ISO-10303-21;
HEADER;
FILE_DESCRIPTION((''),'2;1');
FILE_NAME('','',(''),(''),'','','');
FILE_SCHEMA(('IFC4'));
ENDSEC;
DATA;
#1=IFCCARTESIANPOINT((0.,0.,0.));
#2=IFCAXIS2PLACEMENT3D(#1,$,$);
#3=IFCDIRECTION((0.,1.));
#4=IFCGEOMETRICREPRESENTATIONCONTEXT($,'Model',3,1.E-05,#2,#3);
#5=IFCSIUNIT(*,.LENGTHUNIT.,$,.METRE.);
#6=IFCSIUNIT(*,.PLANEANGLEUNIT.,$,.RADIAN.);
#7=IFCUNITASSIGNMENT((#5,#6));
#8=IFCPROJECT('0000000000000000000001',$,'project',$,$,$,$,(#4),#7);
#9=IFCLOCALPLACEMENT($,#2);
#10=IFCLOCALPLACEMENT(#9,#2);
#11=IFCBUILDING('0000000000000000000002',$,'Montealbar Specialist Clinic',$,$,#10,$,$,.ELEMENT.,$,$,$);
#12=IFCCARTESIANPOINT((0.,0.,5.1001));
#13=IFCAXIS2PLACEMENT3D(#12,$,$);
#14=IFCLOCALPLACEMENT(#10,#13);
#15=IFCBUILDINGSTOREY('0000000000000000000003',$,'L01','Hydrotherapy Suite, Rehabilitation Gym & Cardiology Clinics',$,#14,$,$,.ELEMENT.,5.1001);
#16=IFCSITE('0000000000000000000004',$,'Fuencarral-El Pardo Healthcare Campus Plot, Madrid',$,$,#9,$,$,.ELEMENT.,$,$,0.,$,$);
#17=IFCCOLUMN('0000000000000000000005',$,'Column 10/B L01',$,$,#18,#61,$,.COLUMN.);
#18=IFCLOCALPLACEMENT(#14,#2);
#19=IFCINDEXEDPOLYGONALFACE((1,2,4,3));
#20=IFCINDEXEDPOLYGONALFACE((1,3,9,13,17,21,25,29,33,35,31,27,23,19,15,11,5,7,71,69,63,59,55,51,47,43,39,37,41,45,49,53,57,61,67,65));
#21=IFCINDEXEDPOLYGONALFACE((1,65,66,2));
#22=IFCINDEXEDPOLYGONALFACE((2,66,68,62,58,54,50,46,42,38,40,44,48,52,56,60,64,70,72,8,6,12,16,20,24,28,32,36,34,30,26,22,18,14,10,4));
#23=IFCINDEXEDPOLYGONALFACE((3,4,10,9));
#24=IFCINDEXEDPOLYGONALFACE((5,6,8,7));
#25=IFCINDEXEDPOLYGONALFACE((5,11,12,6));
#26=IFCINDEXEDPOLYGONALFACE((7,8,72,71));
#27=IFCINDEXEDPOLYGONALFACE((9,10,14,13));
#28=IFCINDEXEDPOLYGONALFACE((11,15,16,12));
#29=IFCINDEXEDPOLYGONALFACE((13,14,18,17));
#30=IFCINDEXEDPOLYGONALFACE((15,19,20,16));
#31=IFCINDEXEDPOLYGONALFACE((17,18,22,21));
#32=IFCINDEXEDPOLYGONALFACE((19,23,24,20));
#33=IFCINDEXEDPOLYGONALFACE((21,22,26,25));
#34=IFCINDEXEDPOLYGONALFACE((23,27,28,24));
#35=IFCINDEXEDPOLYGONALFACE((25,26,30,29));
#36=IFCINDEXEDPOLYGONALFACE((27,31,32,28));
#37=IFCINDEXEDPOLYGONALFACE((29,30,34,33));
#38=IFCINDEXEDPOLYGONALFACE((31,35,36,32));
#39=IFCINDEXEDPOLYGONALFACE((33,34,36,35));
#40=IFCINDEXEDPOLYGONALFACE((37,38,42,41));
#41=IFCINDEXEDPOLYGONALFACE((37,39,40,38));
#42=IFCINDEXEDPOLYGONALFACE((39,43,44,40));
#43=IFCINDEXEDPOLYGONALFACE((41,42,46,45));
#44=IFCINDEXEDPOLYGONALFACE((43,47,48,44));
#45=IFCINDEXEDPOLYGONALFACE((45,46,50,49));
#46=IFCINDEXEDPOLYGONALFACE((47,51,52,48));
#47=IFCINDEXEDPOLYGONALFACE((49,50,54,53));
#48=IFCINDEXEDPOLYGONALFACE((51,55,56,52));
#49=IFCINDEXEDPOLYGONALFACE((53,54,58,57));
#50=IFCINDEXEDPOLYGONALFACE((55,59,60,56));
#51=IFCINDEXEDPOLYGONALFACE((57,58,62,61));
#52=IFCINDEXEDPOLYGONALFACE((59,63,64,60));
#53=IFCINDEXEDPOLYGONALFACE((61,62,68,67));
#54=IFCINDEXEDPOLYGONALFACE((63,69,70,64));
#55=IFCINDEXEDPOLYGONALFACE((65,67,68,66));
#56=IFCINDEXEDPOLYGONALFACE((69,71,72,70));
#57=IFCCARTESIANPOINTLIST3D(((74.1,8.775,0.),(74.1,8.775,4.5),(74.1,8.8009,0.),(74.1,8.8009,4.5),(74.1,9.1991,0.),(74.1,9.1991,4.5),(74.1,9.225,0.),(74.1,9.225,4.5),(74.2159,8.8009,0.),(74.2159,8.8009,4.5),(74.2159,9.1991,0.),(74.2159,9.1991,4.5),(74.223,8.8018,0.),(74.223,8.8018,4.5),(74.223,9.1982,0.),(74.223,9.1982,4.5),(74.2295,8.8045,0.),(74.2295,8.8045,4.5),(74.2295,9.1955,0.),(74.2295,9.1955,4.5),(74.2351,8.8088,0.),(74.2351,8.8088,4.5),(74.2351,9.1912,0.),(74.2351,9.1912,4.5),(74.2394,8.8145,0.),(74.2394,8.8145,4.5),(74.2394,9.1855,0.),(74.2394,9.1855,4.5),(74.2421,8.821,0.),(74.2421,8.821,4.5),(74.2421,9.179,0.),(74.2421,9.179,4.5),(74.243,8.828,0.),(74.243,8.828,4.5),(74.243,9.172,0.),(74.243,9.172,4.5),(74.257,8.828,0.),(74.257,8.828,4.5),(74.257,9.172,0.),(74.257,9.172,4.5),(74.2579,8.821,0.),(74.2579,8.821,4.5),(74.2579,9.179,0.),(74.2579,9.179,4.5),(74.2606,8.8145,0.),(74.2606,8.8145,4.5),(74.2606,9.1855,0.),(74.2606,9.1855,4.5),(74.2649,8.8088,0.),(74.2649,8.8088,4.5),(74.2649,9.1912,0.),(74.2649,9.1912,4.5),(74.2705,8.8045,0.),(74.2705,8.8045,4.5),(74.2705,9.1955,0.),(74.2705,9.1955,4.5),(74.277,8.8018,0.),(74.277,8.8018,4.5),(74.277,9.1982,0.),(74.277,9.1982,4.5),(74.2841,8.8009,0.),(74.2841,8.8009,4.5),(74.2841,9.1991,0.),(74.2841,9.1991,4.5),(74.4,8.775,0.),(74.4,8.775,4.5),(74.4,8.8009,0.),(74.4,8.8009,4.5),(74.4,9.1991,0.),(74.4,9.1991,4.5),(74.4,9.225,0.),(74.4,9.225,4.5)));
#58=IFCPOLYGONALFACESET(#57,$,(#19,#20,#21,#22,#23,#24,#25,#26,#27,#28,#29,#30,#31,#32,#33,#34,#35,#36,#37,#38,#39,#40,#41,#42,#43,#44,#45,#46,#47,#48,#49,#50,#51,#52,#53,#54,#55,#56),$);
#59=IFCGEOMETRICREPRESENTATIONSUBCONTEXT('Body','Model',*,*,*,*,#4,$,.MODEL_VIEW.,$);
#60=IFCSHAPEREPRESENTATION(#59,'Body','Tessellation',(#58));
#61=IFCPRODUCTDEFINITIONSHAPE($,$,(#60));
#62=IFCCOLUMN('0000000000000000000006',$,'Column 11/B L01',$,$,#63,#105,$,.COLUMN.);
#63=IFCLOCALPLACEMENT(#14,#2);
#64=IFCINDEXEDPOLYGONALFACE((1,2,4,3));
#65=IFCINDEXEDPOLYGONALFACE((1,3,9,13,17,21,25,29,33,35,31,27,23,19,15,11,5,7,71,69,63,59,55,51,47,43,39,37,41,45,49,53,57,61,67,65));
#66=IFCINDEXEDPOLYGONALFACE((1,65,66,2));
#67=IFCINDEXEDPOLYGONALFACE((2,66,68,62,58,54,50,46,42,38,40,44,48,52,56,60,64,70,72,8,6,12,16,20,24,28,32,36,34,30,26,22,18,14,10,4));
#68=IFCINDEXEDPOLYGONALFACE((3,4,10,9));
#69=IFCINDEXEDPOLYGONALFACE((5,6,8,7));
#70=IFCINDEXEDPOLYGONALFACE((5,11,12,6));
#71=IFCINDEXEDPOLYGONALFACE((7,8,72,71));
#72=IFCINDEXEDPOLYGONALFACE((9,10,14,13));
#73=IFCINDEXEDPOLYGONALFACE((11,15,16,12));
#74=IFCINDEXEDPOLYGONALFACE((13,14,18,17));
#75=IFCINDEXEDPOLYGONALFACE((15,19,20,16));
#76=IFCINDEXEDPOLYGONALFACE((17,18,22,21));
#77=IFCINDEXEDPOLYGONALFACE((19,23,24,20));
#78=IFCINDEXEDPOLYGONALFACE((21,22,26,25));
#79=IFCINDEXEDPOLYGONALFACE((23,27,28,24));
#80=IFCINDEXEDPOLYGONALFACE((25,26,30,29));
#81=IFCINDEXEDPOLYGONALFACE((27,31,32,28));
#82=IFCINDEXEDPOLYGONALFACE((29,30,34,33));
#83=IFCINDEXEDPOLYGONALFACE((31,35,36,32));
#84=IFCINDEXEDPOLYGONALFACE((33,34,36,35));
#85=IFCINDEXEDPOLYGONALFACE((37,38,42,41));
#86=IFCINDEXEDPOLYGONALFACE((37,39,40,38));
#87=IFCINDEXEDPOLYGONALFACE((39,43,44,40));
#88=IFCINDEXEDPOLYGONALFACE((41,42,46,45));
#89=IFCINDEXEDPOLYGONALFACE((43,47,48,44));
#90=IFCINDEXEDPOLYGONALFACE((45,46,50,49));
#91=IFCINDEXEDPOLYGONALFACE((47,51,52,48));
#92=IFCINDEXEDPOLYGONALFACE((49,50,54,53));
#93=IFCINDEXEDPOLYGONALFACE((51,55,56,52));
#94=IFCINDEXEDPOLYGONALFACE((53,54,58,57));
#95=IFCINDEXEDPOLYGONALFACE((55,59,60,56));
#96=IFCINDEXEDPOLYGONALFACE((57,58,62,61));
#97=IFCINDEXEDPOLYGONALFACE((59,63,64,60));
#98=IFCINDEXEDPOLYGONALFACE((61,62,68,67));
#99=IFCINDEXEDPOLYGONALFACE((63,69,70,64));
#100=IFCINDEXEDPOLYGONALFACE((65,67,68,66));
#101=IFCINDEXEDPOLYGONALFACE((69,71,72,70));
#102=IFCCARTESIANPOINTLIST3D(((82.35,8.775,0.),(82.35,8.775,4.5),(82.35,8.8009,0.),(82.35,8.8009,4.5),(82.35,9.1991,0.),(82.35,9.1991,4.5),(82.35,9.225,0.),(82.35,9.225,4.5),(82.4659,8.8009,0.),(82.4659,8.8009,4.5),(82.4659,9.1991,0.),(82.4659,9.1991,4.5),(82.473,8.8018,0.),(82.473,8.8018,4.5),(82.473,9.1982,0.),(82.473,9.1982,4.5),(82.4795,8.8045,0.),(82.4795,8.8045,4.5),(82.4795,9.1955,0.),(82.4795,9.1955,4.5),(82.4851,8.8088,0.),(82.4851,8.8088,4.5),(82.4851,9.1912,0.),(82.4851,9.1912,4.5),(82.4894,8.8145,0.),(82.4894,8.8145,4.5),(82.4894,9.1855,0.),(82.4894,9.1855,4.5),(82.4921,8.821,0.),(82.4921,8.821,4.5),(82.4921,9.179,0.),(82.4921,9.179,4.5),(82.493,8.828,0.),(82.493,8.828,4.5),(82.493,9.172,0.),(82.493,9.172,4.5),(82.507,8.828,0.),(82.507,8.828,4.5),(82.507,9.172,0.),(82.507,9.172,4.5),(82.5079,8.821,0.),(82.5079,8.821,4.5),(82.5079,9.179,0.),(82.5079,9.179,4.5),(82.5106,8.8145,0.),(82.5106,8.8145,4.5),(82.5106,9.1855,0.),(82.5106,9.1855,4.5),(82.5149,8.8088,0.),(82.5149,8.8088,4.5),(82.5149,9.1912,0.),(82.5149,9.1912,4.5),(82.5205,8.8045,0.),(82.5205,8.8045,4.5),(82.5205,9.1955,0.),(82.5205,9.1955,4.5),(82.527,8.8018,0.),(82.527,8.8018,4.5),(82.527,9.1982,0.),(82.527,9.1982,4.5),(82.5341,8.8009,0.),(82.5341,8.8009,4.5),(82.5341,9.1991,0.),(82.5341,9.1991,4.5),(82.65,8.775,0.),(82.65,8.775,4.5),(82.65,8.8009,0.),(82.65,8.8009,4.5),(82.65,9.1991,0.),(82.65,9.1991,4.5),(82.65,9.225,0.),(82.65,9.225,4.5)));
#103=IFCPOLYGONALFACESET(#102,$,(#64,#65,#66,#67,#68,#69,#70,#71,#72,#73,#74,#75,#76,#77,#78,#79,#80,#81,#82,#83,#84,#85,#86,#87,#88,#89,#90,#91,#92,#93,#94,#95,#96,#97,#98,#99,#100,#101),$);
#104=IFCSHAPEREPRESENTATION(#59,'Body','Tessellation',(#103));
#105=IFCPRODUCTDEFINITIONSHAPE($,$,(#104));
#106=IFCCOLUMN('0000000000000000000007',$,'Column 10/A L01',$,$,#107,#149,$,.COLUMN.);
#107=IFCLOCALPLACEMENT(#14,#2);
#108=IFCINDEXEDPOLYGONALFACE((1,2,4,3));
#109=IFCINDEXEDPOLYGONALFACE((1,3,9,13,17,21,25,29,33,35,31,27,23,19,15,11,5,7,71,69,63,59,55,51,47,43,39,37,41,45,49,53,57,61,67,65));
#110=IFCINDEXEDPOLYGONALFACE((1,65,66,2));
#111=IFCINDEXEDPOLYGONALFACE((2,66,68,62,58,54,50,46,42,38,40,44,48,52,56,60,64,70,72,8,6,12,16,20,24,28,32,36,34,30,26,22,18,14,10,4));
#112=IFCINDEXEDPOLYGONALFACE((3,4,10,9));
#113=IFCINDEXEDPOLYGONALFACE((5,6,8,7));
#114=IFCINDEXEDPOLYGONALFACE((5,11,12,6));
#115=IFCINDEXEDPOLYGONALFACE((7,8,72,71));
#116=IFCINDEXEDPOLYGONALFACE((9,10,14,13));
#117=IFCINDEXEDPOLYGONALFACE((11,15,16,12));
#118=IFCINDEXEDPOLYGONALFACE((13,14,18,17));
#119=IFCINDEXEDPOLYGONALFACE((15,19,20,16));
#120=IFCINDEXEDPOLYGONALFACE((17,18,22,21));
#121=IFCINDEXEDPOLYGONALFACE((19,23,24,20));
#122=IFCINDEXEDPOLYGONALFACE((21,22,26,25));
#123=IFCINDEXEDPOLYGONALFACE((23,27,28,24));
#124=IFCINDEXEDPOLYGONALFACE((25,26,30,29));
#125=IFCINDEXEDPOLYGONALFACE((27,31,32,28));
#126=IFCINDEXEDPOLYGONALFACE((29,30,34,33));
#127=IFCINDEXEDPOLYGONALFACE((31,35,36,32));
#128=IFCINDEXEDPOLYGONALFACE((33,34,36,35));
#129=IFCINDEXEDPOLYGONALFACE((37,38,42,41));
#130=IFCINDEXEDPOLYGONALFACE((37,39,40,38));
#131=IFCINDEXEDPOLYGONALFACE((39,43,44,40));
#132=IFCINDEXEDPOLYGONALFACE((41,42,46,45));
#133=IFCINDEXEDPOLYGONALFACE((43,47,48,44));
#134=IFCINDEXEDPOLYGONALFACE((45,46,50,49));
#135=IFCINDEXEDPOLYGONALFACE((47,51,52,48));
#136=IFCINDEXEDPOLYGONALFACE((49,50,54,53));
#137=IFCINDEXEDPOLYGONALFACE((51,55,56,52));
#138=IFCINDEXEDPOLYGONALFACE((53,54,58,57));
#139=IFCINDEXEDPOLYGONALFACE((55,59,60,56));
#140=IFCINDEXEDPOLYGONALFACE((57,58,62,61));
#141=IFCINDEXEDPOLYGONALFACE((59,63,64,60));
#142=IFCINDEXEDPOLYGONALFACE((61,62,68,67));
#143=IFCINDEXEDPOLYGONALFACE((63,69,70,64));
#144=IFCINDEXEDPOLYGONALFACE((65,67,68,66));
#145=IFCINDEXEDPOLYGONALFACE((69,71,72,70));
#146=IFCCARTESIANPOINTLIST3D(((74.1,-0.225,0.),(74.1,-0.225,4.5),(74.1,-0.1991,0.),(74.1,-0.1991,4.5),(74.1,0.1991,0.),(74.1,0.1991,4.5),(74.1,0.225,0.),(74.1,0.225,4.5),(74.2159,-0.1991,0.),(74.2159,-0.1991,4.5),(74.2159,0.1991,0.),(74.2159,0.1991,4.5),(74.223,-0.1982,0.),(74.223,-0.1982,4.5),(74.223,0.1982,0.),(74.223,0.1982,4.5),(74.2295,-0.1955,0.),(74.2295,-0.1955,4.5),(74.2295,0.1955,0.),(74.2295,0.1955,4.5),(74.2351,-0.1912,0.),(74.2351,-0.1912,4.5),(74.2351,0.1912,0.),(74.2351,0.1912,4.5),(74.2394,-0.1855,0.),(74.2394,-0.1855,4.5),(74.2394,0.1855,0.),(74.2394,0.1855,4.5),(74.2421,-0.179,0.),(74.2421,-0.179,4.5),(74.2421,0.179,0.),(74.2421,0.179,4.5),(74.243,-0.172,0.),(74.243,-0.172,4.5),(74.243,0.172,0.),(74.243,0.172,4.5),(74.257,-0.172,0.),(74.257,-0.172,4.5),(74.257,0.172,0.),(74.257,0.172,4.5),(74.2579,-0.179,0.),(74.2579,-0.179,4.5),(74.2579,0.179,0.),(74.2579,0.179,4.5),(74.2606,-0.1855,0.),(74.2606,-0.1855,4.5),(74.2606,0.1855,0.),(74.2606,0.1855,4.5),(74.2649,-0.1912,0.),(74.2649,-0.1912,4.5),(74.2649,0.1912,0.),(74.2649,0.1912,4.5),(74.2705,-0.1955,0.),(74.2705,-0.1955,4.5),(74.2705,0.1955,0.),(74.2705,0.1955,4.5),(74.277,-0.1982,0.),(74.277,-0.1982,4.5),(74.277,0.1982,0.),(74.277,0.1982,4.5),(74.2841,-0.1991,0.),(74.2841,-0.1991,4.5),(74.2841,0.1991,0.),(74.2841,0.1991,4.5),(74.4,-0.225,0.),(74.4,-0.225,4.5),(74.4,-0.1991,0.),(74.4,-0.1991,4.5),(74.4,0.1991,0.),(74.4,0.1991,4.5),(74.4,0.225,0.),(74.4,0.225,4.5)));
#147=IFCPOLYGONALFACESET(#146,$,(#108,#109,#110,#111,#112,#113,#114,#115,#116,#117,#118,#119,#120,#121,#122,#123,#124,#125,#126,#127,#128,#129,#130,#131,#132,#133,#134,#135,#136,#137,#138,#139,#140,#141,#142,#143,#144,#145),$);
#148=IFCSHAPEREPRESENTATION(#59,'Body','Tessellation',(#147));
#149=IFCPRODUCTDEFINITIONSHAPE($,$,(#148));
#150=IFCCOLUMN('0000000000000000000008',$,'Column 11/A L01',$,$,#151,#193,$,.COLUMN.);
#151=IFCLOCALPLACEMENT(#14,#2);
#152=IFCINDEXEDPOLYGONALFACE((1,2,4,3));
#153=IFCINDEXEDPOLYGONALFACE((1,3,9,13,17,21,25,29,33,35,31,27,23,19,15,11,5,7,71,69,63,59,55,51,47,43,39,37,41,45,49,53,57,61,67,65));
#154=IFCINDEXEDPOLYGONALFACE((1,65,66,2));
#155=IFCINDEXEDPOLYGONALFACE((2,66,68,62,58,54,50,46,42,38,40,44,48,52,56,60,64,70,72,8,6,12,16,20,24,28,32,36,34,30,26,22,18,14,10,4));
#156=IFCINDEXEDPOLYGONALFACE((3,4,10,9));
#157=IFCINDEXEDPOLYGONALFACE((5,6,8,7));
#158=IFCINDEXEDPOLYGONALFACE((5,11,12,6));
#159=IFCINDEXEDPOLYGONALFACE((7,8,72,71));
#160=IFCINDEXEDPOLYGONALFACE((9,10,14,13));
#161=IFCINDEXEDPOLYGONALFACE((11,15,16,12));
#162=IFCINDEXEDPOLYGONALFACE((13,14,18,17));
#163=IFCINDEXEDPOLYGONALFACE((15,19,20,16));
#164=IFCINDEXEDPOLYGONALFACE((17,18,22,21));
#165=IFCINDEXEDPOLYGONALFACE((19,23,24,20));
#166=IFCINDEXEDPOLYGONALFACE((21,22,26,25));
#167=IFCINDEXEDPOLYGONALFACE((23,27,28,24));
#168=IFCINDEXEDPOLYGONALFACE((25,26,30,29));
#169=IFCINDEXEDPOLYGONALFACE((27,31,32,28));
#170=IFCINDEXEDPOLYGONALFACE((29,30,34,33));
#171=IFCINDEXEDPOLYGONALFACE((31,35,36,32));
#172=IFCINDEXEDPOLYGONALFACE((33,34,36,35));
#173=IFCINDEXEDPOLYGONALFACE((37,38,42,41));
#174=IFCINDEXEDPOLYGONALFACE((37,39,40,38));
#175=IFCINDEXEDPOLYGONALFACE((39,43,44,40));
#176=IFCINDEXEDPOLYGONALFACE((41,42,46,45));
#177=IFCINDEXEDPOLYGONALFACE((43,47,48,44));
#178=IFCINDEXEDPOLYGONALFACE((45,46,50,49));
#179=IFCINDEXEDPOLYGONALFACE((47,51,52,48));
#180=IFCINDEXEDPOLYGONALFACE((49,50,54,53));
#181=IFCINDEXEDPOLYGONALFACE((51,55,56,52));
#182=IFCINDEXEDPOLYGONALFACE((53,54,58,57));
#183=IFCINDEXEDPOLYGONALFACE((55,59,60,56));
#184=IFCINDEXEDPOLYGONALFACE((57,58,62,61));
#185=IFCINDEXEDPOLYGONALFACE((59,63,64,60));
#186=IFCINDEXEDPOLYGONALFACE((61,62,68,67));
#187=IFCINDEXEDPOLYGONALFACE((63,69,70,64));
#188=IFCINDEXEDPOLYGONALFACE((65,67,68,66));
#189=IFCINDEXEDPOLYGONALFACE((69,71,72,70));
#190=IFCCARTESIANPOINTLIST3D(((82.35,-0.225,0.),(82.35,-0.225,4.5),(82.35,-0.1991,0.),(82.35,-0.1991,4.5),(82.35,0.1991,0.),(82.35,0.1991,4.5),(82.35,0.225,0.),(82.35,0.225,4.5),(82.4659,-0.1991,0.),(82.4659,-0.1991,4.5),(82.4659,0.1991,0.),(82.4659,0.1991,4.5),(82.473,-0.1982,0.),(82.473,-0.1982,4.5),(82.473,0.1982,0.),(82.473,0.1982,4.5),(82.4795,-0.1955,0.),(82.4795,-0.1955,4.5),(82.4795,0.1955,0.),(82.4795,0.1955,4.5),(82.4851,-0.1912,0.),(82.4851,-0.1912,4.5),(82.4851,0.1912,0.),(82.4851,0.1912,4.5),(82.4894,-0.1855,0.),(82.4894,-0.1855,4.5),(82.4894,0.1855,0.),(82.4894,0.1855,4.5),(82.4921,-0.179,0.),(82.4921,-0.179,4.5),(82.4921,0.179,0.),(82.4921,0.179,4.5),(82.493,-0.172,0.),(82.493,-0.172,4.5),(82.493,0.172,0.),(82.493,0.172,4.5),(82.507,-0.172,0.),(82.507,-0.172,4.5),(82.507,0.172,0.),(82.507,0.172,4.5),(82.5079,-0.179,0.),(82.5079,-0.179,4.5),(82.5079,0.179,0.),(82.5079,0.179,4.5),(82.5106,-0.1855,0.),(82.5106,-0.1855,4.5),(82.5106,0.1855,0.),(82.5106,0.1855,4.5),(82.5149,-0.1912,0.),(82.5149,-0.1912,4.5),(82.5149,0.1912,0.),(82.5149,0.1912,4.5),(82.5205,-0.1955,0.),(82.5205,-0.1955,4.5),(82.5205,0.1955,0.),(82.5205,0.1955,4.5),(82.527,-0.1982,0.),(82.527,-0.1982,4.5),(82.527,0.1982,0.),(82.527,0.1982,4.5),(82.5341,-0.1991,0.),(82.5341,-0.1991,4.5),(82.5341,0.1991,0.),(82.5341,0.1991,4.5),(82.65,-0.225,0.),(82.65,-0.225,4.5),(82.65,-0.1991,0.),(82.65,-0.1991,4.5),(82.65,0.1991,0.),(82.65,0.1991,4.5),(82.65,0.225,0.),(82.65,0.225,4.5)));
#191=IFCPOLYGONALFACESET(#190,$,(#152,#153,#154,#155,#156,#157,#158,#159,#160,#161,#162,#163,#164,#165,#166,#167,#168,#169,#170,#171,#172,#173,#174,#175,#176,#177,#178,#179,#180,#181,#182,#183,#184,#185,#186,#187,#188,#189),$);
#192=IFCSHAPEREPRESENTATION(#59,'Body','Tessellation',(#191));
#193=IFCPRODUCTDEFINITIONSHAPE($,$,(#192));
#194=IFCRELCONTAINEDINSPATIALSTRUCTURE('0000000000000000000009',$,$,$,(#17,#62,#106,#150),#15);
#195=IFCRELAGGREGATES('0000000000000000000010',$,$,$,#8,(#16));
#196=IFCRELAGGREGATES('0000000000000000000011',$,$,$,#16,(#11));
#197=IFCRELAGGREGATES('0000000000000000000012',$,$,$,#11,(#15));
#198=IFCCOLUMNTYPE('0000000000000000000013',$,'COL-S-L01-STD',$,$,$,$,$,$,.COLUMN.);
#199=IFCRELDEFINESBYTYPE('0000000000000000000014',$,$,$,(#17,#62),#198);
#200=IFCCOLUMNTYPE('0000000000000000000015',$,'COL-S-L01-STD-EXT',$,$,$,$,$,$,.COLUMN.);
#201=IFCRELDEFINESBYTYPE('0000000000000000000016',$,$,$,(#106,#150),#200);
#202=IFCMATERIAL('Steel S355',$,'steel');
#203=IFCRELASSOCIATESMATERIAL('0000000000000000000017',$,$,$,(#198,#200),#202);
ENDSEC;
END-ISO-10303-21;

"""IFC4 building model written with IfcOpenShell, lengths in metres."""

from ifc_helpers import new_model, si_unit, direction, frame, origin, origin_2d, place, context, subcontext, project, spatial, i_section, extrude, material, material_profile, profile_set, type_object, element, save


model = new_model("IFC4")

# Units and contexts
model_context = context("Model", 3, precision=1e-05, world=origin(), true_north=direction((0.0, 1.0)))
body_context = subcontext(model_context, "Body", "Model", "MODEL_VIEW")
ifc_project = project(units=[si_unit("LENGTHUNIT", "METRE"), si_unit("PLANEANGLEUNIT", "RADIAN")], contexts=[model_context])

# Site, building, storey
site_placement = place(None, origin())
site = spatial("IfcSite", under=ifc_project, at=site_placement, Name="Fuencarral-El Pardo Healthcare Campus Plot, Madrid", CompositionType="ELEMENT", RefElevation=0.0)
building_placement = place(site_placement, origin())
building = spatial("IfcBuilding", under=site, at=building_placement, Name="Montealbar Specialist Clinic", CompositionType="ELEMENT")
storey_placement = place(building_placement, frame((0.0, 0.0, 5.1001)))
storey = spatial("IfcBuildingStorey", under=building, at=storey_placement, Name="L01", Description="Hydrotherapy Suite, Rehabilitation Gym & Cardiology Clinics", CompositionType="ELEMENT", Elevation=5.1001)

# Columns
ifc_material_1 = material(Name="Steel S355", Category="steel")
ifc_material_profile_1 = material_profile(ifc_material_1, i_section(OverallWidth=0.3, OverallDepth=0.45, WebThickness=0.0139, FlangeThickness=0.0259, FilletRadius=0.0271, at=origin_2d()), Name="HEB 450", Category="steel")
ifc_profile_set_1 = profile_set([ifc_material_profile_1], Name="Steel S355")
column_type_1 = type_object("IfcColumnType", Name="COL-S-L01-STD", PredefinedType="COLUMN", material=ifc_profile_set_1)
for number, where, z_axis, x_axis, name in (
    (1, (74.25, 9.0, 0.0), (0.0, 0.0, 1.0), (1.0, 0.0, 0.0), "Column 10/B L01"),
    (2, (82.5, 9.0, 0.0), (0.0, 0.0, 1.0), (1.0, 0.0, 0.0), "Column 11/B L01"),
):
    element("IfcColumn", number, at=place(storey_placement, frame(where, z_axis=z_axis, x_axis=x_axis)), inside=storey, type_object=column_type_1, Name=name, PredefinedType="COLUMN", context=body_context, shape_type="SweptSolid", body=[
        extrude(i_section(OverallWidth=0.3, OverallDepth=0.45, WebThickness=0.0139, FlangeThickness=0.0259, FilletRadius=0.0271, at=origin_2d()), origin(), (0.0, 0.0, 1.0), 4.5),
    ])
ifc_material_profile_2 = material_profile(ifc_material_1, i_section(OverallWidth=0.3, OverallDepth=0.45, WebThickness=0.0139, FlangeThickness=0.0259, FilletRadius=0.0271, at=origin_2d()), Name="HEB 450", Category="steel")
ifc_profile_set_2 = profile_set([ifc_material_profile_2], Name="Steel S355")
column_type_2 = type_object("IfcColumnType", Name="COL-S-L01-STD-EXT", PredefinedType="COLUMN", material=ifc_profile_set_2)
for number, where, z_axis, x_axis, name in (
    (3, (74.25, 0.0, 0.0), (0.0, 0.0, 1.0), (1.0, 0.0, 0.0), "Column 10/A L01"),
    (4, (82.5, 0.0, 0.0), (0.0, 0.0, 1.0), (1.0, 0.0, 0.0), "Column 11/A L01"),
):
    element("IfcColumn", number, at=place(storey_placement, frame(where, z_axis=z_axis, x_axis=x_axis)), inside=storey, type_object=column_type_2, Name=name, PredefinedType="COLUMN", context=body_context, shape_type="SweptSolid", body=[
        extrude(i_section(OverallWidth=0.3, OverallDepth=0.45, WebThickness=0.0139, FlangeThickness=0.0259, FilletRadius=0.0271, at=origin_2d()), origin(), (0.0, 0.0, 1.0), 4.5),
    ])

save(model, "model.ifc")
